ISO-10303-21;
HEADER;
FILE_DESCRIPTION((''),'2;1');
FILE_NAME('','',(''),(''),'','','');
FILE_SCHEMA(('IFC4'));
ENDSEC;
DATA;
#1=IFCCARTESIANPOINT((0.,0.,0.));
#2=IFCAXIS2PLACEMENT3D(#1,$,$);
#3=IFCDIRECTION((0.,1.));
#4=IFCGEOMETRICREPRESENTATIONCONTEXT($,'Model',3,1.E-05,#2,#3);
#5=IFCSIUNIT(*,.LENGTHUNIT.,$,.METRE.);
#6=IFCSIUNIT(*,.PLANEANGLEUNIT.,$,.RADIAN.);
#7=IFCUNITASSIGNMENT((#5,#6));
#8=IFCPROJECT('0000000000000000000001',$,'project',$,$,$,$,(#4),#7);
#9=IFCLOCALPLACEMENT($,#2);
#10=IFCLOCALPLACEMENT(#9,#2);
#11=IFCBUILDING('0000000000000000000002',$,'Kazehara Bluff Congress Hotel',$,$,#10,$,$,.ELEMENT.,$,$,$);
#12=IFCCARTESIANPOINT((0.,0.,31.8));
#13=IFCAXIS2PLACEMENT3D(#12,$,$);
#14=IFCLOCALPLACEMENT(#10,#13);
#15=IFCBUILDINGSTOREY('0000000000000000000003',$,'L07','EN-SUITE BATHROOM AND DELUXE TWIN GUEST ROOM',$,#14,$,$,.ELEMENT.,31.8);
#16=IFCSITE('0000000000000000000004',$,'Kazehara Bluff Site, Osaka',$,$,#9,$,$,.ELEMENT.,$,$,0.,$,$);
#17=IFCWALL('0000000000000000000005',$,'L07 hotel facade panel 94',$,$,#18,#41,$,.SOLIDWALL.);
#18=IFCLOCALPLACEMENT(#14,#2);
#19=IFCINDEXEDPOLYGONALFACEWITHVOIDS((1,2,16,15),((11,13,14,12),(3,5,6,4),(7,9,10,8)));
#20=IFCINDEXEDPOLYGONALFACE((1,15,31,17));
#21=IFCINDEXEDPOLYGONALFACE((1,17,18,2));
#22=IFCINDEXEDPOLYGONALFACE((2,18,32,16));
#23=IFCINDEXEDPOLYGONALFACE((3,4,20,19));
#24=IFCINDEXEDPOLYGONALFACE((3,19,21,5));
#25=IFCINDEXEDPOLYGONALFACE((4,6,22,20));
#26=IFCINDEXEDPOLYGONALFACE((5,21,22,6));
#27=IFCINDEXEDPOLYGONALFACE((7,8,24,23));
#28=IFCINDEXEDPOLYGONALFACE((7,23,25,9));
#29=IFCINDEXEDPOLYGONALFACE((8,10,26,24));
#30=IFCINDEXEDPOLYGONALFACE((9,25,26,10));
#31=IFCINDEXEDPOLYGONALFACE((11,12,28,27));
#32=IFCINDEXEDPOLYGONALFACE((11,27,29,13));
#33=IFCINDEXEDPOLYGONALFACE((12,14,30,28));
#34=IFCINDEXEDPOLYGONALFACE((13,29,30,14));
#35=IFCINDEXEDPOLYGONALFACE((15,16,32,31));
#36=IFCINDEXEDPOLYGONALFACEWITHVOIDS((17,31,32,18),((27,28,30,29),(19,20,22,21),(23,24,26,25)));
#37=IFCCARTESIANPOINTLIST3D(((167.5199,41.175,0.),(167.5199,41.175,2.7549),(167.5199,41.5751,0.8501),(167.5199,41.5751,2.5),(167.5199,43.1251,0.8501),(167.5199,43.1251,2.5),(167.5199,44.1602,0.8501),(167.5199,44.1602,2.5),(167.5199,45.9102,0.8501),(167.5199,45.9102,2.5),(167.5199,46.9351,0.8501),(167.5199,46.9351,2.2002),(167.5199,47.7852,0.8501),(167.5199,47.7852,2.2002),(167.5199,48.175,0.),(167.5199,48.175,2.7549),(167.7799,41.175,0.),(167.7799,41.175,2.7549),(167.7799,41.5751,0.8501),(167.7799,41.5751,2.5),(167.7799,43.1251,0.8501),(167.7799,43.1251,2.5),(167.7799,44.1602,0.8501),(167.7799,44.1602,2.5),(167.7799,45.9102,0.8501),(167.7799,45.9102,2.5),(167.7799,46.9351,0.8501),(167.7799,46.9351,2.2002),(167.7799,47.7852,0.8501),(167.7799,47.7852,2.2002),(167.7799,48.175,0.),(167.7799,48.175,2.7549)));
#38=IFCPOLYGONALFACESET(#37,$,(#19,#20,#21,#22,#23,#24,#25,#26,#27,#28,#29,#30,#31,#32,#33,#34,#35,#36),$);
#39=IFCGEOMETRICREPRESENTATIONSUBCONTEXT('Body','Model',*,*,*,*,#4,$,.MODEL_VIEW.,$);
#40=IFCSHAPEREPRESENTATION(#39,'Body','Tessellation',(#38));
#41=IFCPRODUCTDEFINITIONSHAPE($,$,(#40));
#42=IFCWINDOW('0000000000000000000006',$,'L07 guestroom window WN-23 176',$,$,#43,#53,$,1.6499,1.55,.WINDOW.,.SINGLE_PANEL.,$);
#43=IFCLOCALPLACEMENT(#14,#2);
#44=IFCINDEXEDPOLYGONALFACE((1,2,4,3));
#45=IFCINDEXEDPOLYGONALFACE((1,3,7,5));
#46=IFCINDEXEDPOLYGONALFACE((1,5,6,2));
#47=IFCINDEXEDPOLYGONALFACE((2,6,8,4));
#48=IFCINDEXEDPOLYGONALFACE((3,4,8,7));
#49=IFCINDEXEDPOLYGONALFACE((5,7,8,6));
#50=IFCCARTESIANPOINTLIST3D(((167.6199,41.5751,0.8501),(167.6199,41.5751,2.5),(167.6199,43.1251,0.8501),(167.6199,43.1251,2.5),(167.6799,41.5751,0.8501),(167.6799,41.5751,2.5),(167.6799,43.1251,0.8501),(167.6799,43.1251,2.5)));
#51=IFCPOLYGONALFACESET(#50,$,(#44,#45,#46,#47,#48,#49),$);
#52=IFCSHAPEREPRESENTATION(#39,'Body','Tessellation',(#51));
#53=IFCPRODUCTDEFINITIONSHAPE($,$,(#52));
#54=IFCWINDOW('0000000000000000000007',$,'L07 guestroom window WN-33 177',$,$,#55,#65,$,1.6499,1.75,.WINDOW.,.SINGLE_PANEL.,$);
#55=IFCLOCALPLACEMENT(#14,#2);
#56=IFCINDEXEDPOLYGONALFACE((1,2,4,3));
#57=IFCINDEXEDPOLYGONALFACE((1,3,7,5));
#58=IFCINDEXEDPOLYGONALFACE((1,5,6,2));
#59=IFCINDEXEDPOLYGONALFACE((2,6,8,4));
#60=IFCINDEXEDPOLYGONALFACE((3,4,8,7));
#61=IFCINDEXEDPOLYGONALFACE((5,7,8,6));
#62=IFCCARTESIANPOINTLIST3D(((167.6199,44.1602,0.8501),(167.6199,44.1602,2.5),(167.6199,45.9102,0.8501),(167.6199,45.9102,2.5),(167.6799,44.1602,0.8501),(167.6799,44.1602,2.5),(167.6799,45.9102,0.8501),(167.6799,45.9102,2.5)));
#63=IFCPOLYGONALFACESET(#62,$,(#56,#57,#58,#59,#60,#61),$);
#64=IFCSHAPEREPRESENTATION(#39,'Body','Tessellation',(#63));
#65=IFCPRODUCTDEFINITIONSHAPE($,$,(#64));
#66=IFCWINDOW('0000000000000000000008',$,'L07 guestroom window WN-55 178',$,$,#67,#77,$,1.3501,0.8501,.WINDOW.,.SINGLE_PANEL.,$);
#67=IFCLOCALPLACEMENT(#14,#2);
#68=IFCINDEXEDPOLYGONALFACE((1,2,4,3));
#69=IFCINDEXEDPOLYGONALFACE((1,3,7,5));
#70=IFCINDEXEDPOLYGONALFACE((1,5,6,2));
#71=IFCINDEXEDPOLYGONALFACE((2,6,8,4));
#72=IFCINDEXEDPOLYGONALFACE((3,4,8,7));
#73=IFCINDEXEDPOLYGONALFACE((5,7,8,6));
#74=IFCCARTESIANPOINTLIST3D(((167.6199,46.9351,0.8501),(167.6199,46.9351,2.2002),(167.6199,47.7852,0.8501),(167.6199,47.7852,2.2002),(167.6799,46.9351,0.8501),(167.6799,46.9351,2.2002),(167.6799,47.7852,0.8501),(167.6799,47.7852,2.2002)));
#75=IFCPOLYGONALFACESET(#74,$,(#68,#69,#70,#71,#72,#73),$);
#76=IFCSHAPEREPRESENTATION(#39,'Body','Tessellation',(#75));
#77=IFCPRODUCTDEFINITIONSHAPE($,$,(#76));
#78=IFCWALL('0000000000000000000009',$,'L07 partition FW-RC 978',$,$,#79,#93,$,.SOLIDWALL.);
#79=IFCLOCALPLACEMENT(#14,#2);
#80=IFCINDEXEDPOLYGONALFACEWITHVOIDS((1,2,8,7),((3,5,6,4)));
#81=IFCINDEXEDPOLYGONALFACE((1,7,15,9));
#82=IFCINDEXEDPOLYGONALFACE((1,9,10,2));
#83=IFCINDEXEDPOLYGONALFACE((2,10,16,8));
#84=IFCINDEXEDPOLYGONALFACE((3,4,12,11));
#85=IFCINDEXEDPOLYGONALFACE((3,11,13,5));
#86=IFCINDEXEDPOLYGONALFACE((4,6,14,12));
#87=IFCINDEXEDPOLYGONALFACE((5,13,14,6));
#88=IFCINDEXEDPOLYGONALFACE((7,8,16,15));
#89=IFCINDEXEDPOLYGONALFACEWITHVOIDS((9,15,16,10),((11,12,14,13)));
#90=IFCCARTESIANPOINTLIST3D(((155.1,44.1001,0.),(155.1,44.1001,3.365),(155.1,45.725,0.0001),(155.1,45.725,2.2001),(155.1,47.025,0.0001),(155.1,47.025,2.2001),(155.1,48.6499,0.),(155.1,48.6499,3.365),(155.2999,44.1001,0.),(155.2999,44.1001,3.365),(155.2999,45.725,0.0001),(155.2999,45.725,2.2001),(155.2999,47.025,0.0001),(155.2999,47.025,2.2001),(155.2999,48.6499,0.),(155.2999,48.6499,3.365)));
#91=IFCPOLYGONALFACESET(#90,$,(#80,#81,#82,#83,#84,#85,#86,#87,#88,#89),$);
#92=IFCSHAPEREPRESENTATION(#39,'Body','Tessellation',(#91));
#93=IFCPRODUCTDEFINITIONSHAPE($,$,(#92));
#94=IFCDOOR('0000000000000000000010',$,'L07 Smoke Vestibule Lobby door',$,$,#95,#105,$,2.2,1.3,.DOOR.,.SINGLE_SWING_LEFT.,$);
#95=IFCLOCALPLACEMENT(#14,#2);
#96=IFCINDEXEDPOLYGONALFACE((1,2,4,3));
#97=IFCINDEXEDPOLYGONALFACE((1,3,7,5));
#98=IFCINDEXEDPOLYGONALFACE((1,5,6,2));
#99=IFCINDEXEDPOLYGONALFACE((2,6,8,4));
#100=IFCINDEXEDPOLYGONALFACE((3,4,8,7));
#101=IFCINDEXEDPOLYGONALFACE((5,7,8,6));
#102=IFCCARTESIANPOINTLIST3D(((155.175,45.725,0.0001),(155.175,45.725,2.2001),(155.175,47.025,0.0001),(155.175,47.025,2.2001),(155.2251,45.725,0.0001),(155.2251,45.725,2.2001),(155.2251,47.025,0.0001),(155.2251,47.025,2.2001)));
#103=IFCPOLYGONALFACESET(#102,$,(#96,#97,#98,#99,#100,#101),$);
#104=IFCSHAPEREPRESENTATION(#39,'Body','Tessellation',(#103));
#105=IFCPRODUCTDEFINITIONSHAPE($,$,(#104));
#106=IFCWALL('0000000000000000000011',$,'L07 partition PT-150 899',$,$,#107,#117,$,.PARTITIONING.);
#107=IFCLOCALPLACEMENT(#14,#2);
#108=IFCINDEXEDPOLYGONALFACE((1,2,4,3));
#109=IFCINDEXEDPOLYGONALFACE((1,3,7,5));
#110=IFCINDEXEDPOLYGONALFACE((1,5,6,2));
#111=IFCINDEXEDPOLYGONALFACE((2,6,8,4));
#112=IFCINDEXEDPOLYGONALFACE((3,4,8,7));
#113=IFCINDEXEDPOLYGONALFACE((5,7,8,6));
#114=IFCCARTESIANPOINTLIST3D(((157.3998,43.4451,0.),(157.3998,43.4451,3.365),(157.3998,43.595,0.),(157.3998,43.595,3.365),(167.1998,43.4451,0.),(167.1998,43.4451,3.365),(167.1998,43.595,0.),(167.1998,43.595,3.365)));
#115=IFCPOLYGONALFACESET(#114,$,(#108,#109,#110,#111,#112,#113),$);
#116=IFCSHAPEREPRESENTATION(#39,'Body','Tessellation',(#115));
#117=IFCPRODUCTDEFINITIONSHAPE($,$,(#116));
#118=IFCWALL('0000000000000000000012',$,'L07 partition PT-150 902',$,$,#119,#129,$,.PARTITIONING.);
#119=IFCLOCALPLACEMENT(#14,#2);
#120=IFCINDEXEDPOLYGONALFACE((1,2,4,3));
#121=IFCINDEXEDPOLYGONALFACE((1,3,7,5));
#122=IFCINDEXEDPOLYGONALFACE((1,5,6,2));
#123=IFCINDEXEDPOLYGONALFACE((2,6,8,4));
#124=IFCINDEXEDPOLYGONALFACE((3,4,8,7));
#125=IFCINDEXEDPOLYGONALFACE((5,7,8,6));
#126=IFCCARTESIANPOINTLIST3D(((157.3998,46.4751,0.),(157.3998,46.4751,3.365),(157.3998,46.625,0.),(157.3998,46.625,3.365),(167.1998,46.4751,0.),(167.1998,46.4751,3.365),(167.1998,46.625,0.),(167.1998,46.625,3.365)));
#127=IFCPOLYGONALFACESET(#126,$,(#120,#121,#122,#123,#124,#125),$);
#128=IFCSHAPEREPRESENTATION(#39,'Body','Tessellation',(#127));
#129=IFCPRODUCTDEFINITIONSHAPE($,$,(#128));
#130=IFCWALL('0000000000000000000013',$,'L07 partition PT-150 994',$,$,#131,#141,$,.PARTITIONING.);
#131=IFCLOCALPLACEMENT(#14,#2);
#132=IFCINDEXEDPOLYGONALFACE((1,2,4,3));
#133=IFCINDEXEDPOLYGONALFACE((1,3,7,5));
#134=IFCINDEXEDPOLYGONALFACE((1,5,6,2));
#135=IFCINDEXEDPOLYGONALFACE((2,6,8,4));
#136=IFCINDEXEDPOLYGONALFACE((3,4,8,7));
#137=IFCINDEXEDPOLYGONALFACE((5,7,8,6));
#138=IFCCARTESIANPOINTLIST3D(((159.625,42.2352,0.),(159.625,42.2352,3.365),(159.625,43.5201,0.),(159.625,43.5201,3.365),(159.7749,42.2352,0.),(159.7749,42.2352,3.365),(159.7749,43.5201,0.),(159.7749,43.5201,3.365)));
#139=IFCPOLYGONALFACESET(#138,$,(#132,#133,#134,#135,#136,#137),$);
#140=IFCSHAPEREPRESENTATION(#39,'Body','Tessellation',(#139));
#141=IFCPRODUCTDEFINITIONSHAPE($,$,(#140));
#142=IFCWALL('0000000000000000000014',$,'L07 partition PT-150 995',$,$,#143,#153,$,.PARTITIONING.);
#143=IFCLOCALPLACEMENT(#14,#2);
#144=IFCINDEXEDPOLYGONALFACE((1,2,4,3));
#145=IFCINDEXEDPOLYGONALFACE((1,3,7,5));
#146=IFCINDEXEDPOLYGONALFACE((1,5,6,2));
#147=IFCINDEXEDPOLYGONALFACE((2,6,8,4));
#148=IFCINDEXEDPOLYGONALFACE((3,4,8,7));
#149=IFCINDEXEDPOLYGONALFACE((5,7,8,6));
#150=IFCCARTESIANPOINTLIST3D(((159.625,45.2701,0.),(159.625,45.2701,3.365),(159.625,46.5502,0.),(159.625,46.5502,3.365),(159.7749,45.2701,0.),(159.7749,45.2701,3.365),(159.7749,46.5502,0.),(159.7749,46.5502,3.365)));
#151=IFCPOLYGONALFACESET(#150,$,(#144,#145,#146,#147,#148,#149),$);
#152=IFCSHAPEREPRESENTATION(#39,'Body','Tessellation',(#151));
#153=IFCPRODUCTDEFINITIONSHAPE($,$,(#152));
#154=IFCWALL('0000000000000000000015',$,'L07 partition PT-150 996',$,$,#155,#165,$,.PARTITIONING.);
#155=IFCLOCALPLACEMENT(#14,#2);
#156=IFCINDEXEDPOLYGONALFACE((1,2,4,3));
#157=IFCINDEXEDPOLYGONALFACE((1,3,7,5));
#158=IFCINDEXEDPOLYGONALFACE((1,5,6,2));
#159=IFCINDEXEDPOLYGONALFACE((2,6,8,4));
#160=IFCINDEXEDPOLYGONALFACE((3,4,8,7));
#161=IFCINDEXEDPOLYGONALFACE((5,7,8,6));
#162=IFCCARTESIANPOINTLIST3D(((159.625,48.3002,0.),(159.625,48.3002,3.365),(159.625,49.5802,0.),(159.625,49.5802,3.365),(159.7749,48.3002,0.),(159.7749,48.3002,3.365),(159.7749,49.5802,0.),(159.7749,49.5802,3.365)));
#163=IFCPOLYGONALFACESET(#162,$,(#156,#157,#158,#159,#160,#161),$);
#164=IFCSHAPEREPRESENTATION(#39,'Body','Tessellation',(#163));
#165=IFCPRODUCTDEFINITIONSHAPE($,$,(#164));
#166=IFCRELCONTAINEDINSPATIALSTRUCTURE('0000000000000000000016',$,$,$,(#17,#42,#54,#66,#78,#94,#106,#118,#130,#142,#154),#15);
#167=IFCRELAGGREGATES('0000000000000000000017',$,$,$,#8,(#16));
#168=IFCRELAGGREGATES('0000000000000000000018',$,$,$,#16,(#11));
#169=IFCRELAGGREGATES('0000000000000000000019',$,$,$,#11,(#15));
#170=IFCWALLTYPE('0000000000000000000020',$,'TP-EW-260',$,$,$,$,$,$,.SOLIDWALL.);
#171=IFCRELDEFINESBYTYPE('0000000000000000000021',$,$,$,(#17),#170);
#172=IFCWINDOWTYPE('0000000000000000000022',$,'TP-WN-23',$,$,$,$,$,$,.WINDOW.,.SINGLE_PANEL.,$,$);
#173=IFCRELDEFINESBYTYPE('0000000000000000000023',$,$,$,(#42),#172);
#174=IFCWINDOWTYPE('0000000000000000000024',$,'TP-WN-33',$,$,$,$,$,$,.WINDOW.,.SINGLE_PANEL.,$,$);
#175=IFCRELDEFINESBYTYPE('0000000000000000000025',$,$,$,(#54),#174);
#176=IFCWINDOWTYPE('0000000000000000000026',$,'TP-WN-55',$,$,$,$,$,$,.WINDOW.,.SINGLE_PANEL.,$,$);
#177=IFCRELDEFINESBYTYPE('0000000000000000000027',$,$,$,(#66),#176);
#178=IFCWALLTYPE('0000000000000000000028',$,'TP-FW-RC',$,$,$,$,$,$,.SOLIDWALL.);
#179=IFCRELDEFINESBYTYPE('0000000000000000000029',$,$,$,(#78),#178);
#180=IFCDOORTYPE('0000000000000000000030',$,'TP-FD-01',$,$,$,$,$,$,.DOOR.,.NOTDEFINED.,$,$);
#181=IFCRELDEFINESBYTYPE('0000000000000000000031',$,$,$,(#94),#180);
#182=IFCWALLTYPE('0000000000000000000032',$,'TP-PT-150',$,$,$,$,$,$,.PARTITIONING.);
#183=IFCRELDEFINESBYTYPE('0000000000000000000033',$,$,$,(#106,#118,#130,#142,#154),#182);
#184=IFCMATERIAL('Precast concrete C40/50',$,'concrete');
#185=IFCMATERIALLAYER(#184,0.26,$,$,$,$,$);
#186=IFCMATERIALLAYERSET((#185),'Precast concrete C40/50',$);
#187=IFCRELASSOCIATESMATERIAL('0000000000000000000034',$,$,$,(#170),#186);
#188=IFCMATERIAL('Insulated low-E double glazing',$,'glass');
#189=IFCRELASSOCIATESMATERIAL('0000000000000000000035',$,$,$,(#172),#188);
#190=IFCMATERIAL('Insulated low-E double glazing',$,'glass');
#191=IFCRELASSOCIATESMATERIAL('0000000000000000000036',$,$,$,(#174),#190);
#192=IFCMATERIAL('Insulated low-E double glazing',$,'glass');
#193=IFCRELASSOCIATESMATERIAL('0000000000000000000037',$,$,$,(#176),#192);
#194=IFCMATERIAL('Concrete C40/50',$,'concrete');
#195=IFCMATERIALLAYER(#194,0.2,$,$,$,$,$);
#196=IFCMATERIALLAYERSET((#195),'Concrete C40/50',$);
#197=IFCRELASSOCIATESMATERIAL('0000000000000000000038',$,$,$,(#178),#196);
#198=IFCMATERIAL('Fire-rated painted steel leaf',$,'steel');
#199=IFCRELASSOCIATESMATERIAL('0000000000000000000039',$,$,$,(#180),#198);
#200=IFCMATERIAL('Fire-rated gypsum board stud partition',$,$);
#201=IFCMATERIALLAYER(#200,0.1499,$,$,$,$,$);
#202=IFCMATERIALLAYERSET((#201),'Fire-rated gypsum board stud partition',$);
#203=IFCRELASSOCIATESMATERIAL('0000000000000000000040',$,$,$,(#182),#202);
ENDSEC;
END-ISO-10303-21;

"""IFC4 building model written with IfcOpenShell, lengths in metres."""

from ifc_helpers import new_model, si_unit, direction, frame, frame_2d, origin, place, context, subcontext, project, spatial, rectangle, extrude, material, layer, layer_set, type_object, element, fill, save


model = new_model("IFC4")

# Units and contexts
model_context = context("Model", 3, precision=1e-05, world=origin(), true_north=direction((0.0, 1.0)))
body_context = subcontext(model_context, "Body", "Model", "MODEL_VIEW")
ifc_project = project(units=[si_unit("LENGTHUNIT", "METRE"), si_unit("PLANEANGLEUNIT", "RADIAN")], contexts=[model_context])

# Site, building, storey
site_placement = place(None, origin())
site = spatial("IfcSite", under=ifc_project, at=site_placement, Name="Kazehara Bluff Site, Osaka", CompositionType="ELEMENT", RefElevation=0.0)
building_placement = place(site_placement, origin())
building = spatial("IfcBuilding", under=site, at=building_placement, Name="Kazehara Bluff Congress Hotel", CompositionType="ELEMENT")
storey_placement = place(building_placement, frame((0.0, 0.0, 31.8)))
storey = spatial("IfcBuildingStorey", under=building, at=storey_placement, Name="L07", Description="EN-SUITE BATHROOM AND DELUXE TWIN GUEST ROOM", CompositionType="ELEMENT", Elevation=31.8)

# Wall, openings, windows
ifc_material_1 = material(Name="Precast concrete C40/50", Category="concrete")
ifc_layer_1 = layer(ifc_material_1, 0.26)
ifc_layer_set_1 = layer_set([ifc_layer_1], Name="Precast concrete C40/50")
wall_type_1 = type_object("IfcWallType", Name="TP-EW-260", PredefinedType="SOLIDWALL", material=ifc_layer_set_1)
wall_1_placement = place(storey_placement, frame((167.6499, 48.175, 0.0), z_axis=(0.0, 0.0, 1.0), x_axis=(0.0, -1.0, 0.0)))
wall_1 = element("IfcWall", 1, at=wall_1_placement, inside=storey, type_object=wall_type_1, Name="L07 hotel facade panel 94", PredefinedType="SOLIDWALL", context=body_context, shape_type="SweptSolid", body=[
    extrude(rectangle(XDim=7.0, YDim=0.26, at=frame_2d((3.5, 0.0))), origin(), (0.0, 0.0, 1.0), 2.7549),
])
opening_1_placement = place(wall_1_placement, frame((5.05, 0.0, 0.8501)))
opening_1 = element("IfcOpeningElement", 2, at=opening_1_placement, cuts=wall_1, PredefinedType="OPENING", context=body_context, shape_type="SweptSolid", body=[
    extrude(rectangle(XDim=1.55, YDim=1.6499, at=frame_2d((0.7749, 0.825))), frame((0.0, 0.1399, 0.0), z_axis=(0.0, -1.0, 0.0), x_axis=(1.0, 0.0, 0.0)), (0.0, 0.0, 1.0), 0.28),
])
opening_2_placement = place(wall_1_placement, frame((2.2649, 0.0, 0.8501)))
opening_2 = element("IfcOpeningElement", 3, at=opening_2_placement, cuts=wall_1, PredefinedType="OPENING", context=body_context, shape_type="SweptSolid", body=[
    extrude(rectangle(XDim=1.75, YDim=1.6499, at=frame_2d((0.875, 0.825))), frame((0.0, 0.1399, 0.0), z_axis=(0.0, -1.0, 0.0), x_axis=(1.0, 0.0, 0.0)), (0.0, 0.0, 1.0), 0.28),
])
opening_3_placement = place(wall_1_placement, frame((0.3899, 0.0, 0.8501)))
opening_3 = element("IfcOpeningElement", 4, at=opening_3_placement, cuts=wall_1, PredefinedType="OPENING", context=body_context, shape_type="SweptSolid", body=[
    extrude(rectangle(XDim=0.8501, YDim=1.3501, at=frame_2d((0.425, 0.675))), frame((0.0, 0.1399, 0.0), z_axis=(0.0, -1.0, 0.0), x_axis=(1.0, 0.0, 0.0)), (0.0, 0.0, 1.0), 0.28),
])
ifc_material_2 = material(Name="Insulated low-E double glazing", Category="glass")
window_type_1 = type_object("IfcWindowType", Name="TP-WN-23", PartitioningType="SINGLE_PANEL", PredefinedType="WINDOW", material=ifc_material_2)
window_1_placement = place(opening_1_placement, origin())
window_1 = element("IfcWindow", 5, at=window_1_placement, inside=storey, type_object=window_type_1, Name="L07 guestroom window WN-23 176", OverallHeight=1.6499, OverallWidth=1.55, PartitioningType="SINGLE_PANEL", PredefinedType="WINDOW", context=body_context, shape_type="SweptSolid", body=[
    extrude(rectangle(XDim=1.55, YDim=1.6499, at=frame_2d((0.7749, 0.825))), frame((0.0, 0.03, 0.0), z_axis=(0.0, -1.0, 0.0), x_axis=(1.0, 0.0, 0.0)), (0.0, 0.0, 1.0), 0.0601),
])
fill(opening_1, window_1)
ifc_material_3 = material(Name="Insulated low-E double glazing", Category="glass")
window_type_2 = type_object("IfcWindowType", Name="TP-WN-33", PartitioningType="SINGLE_PANEL", PredefinedType="WINDOW", material=ifc_material_3)
window_2_placement = place(opening_2_placement, origin())
window_2 = element("IfcWindow", 6, at=window_2_placement, inside=storey, type_object=window_type_2, Name="L07 guestroom window WN-33 177", OverallHeight=1.6499, OverallWidth=1.75, PartitioningType="SINGLE_PANEL", PredefinedType="WINDOW", context=body_context, shape_type="SweptSolid", body=[
    extrude(rectangle(XDim=1.75, YDim=1.6499, at=frame_2d((0.875, 0.825))), frame((0.0, 0.03, 0.0), z_axis=(0.0, -1.0, 0.0), x_axis=(1.0, 0.0, 0.0)), (0.0, 0.0, 1.0), 0.0601),
])
fill(opening_2, window_2)
ifc_material_4 = material(Name="Insulated low-E double glazing", Category="glass")
window_type_3 = type_object("IfcWindowType", Name="TP-WN-55", PartitioningType="SINGLE_PANEL", PredefinedType="WINDOW", material=ifc_material_4)
window_3_placement = place(opening_3_placement, origin())
window_3 = element("IfcWindow", 7, at=window_3_placement, inside=storey, type_object=window_type_3, Name="L07 guestroom window WN-55 178", OverallHeight=1.3501, OverallWidth=0.8501, PartitioningType="SINGLE_PANEL", PredefinedType="WINDOW", context=body_context, shape_type="SweptSolid", body=[
    extrude(rectangle(XDim=0.8501, YDim=1.3501, at=frame_2d((0.425, 0.675))), frame((0.0, 0.03, 0.0), z_axis=(0.0, -1.0, 0.0), x_axis=(1.0, 0.0, 0.0)), (0.0, 0.0, 1.0), 0.0601),
])
fill(opening_3, window_3)

# Wall, opening, door
ifc_material_5 = material(Name="Concrete C40/50", Category="concrete")
ifc_layer_2 = layer(ifc_material_5, 0.2)
ifc_layer_set_2 = layer_set([ifc_layer_2], Name="Concrete C40/50")
wall_type_2 = type_object("IfcWallType", Name="TP-FW-RC", PredefinedType="SOLIDWALL", material=ifc_layer_set_2)
wall_2_placement = place(storey_placement, frame((155.2, 44.1001, 0.0), z_axis=(0.0, 0.0, 1.0), x_axis=(0.0, 1.0, 0.0)))
wall_2 = element("IfcWall", 8, at=wall_2_placement, inside=storey, type_object=wall_type_2, Name="L07 partition FW-RC 978", PredefinedType="SOLIDWALL", context=body_context, shape_type="SweptSolid", body=[
    extrude(rectangle(XDim=4.5498, YDim=0.2, at=frame_2d((2.2749, 0.0))), origin(), (0.0, 0.0, 1.0), 3.365),
])
opening_4_placement = place(wall_2_placement, frame((1.625, 0.0, 0.0)))
opening_4 = element("IfcOpeningElement", 9, at=opening_4_placement, cuts=wall_2, PredefinedType="OPENING", context=body_context, shape_type="SweptSolid", body=[
    extrude(rectangle(XDim=1.3, YDim=2.2, at=frame_2d((0.6499, 1.1001))), frame((0.0, 0.1099, 0.0), z_axis=(0.0, -1.0, 0.0), x_axis=(1.0, 0.0, 0.0)), (0.0, 0.0, 1.0), 0.22),
])
ifc_material_6 = material(Name="Fire-rated painted steel leaf", Category="steel")
door_type_1 = type_object("IfcDoorType", Name="TP-FD-01", OperationType="NOTDEFINED", PredefinedType="DOOR", material=ifc_material_6)
door_1_placement = place(opening_4_placement, origin())
door_1 = element("IfcDoor", 10, at=door_1_placement, inside=storey, type_object=door_type_1, Name="L07 Smoke Vestibule Lobby door", OperationType="SINGLE_SWING_LEFT", OverallHeight=2.2, OverallWidth=1.3, PredefinedType="DOOR", context=body_context, shape_type="SweptSolid", body=[
    extrude(rectangle(XDim=1.3, YDim=2.2, at=frame_2d((0.6499, 1.1001))), frame((0.0, 0.0249, 0.0), z_axis=(0.0, -1.0, 0.0), x_axis=(1.0, 0.0, 0.0)), (0.0, 0.0, 1.0), 0.05),
])
fill(opening_4, door_1)
ifc_material_7 = material(Name="Fire-rated gypsum board stud partition")
ifc_layer_3 = layer(ifc_material_7, 0.1499)
ifc_layer_set_3 = layer_set([ifc_layer_3], Name="Fire-rated gypsum board stud partition")
wall_type_3 = type_object("IfcWallType", Name="TP-PT-150", PredefinedType="PARTITIONING", material=ifc_layer_set_3)

# Wall
wall_3_placement = place(storey_placement, frame((157.3999, 43.52, 0.0), z_axis=(0.0, 0.0, 1.0), x_axis=(1.0, 0.0, 0.0)))
element("IfcWall", 11, at=wall_3_placement, inside=storey, type_object=wall_type_3, Name="L07 partition PT-150 899", PredefinedType="PARTITIONING", context=body_context, shape_type="SweptSolid", body=[
    extrude(rectangle(XDim=9.8, YDim=0.1499, at=frame_2d((4.8999, 0.0))), origin(), (0.0, 0.0, 1.0), 3.365),
])

# Wall
wall_4_placement = place(storey_placement, frame((157.3999, 46.55, 0.0), z_axis=(0.0, 0.0, 1.0), x_axis=(1.0, 0.0, 0.0)))
element("IfcWall", 12, at=wall_4_placement, inside=storey, type_object=wall_type_3, Name="L07 partition PT-150 902", PredefinedType="PARTITIONING", context=body_context, shape_type="SweptSolid", body=[
    extrude(rectangle(XDim=9.8, YDim=0.1499, at=frame_2d((4.8999, 0.0))), origin(), (0.0, 0.0, 1.0), 3.365),
])

# Walls
wall_5_placement = place(storey_placement, frame((159.7, 42.2351, 0.0), z_axis=(0.0, 0.0, 1.0), x_axis=(0.0, 1.0, 0.0)))
element("IfcWall", 13, at=wall_5_placement, inside=storey, type_object=wall_type_3, Name="L07 partition PT-150 994", PredefinedType="PARTITIONING", context=body_context, shape_type="SweptSolid", body=[
    extrude(rectangle(XDim=1.2849, YDim=0.1499, at=frame_2d((0.6426, 0.0))), origin(), (0.0, 0.0, 1.0), 3.365),
])
for number, where, z_axis, x_axis, name in (
    (14, (159.7, 45.27, 0.0), (0.0, 0.0, 1.0), (0.0, 1.0, 0.0), "L07 partition PT-150 995"),
    (15, (159.7, 48.3, 0.0), (0.0, 0.0, 1.0), (0.0, 1.0, 0.0), "L07 partition PT-150 996"),
):
    element("IfcWall", number, at=place(storey_placement, frame(where, z_axis=z_axis, x_axis=x_axis)), inside=storey, type_object=wall_type_3, Name=name, PredefinedType="PARTITIONING", context=body_context, shape_type="SweptSolid", body=[
        extrude(rectangle(XDim=1.28, YDim=0.1499, at=frame_2d((0.6401, 0.0))), origin(), (0.0, 0.0, 1.0), 3.365),
    ])

save(model, "model.ifc")
